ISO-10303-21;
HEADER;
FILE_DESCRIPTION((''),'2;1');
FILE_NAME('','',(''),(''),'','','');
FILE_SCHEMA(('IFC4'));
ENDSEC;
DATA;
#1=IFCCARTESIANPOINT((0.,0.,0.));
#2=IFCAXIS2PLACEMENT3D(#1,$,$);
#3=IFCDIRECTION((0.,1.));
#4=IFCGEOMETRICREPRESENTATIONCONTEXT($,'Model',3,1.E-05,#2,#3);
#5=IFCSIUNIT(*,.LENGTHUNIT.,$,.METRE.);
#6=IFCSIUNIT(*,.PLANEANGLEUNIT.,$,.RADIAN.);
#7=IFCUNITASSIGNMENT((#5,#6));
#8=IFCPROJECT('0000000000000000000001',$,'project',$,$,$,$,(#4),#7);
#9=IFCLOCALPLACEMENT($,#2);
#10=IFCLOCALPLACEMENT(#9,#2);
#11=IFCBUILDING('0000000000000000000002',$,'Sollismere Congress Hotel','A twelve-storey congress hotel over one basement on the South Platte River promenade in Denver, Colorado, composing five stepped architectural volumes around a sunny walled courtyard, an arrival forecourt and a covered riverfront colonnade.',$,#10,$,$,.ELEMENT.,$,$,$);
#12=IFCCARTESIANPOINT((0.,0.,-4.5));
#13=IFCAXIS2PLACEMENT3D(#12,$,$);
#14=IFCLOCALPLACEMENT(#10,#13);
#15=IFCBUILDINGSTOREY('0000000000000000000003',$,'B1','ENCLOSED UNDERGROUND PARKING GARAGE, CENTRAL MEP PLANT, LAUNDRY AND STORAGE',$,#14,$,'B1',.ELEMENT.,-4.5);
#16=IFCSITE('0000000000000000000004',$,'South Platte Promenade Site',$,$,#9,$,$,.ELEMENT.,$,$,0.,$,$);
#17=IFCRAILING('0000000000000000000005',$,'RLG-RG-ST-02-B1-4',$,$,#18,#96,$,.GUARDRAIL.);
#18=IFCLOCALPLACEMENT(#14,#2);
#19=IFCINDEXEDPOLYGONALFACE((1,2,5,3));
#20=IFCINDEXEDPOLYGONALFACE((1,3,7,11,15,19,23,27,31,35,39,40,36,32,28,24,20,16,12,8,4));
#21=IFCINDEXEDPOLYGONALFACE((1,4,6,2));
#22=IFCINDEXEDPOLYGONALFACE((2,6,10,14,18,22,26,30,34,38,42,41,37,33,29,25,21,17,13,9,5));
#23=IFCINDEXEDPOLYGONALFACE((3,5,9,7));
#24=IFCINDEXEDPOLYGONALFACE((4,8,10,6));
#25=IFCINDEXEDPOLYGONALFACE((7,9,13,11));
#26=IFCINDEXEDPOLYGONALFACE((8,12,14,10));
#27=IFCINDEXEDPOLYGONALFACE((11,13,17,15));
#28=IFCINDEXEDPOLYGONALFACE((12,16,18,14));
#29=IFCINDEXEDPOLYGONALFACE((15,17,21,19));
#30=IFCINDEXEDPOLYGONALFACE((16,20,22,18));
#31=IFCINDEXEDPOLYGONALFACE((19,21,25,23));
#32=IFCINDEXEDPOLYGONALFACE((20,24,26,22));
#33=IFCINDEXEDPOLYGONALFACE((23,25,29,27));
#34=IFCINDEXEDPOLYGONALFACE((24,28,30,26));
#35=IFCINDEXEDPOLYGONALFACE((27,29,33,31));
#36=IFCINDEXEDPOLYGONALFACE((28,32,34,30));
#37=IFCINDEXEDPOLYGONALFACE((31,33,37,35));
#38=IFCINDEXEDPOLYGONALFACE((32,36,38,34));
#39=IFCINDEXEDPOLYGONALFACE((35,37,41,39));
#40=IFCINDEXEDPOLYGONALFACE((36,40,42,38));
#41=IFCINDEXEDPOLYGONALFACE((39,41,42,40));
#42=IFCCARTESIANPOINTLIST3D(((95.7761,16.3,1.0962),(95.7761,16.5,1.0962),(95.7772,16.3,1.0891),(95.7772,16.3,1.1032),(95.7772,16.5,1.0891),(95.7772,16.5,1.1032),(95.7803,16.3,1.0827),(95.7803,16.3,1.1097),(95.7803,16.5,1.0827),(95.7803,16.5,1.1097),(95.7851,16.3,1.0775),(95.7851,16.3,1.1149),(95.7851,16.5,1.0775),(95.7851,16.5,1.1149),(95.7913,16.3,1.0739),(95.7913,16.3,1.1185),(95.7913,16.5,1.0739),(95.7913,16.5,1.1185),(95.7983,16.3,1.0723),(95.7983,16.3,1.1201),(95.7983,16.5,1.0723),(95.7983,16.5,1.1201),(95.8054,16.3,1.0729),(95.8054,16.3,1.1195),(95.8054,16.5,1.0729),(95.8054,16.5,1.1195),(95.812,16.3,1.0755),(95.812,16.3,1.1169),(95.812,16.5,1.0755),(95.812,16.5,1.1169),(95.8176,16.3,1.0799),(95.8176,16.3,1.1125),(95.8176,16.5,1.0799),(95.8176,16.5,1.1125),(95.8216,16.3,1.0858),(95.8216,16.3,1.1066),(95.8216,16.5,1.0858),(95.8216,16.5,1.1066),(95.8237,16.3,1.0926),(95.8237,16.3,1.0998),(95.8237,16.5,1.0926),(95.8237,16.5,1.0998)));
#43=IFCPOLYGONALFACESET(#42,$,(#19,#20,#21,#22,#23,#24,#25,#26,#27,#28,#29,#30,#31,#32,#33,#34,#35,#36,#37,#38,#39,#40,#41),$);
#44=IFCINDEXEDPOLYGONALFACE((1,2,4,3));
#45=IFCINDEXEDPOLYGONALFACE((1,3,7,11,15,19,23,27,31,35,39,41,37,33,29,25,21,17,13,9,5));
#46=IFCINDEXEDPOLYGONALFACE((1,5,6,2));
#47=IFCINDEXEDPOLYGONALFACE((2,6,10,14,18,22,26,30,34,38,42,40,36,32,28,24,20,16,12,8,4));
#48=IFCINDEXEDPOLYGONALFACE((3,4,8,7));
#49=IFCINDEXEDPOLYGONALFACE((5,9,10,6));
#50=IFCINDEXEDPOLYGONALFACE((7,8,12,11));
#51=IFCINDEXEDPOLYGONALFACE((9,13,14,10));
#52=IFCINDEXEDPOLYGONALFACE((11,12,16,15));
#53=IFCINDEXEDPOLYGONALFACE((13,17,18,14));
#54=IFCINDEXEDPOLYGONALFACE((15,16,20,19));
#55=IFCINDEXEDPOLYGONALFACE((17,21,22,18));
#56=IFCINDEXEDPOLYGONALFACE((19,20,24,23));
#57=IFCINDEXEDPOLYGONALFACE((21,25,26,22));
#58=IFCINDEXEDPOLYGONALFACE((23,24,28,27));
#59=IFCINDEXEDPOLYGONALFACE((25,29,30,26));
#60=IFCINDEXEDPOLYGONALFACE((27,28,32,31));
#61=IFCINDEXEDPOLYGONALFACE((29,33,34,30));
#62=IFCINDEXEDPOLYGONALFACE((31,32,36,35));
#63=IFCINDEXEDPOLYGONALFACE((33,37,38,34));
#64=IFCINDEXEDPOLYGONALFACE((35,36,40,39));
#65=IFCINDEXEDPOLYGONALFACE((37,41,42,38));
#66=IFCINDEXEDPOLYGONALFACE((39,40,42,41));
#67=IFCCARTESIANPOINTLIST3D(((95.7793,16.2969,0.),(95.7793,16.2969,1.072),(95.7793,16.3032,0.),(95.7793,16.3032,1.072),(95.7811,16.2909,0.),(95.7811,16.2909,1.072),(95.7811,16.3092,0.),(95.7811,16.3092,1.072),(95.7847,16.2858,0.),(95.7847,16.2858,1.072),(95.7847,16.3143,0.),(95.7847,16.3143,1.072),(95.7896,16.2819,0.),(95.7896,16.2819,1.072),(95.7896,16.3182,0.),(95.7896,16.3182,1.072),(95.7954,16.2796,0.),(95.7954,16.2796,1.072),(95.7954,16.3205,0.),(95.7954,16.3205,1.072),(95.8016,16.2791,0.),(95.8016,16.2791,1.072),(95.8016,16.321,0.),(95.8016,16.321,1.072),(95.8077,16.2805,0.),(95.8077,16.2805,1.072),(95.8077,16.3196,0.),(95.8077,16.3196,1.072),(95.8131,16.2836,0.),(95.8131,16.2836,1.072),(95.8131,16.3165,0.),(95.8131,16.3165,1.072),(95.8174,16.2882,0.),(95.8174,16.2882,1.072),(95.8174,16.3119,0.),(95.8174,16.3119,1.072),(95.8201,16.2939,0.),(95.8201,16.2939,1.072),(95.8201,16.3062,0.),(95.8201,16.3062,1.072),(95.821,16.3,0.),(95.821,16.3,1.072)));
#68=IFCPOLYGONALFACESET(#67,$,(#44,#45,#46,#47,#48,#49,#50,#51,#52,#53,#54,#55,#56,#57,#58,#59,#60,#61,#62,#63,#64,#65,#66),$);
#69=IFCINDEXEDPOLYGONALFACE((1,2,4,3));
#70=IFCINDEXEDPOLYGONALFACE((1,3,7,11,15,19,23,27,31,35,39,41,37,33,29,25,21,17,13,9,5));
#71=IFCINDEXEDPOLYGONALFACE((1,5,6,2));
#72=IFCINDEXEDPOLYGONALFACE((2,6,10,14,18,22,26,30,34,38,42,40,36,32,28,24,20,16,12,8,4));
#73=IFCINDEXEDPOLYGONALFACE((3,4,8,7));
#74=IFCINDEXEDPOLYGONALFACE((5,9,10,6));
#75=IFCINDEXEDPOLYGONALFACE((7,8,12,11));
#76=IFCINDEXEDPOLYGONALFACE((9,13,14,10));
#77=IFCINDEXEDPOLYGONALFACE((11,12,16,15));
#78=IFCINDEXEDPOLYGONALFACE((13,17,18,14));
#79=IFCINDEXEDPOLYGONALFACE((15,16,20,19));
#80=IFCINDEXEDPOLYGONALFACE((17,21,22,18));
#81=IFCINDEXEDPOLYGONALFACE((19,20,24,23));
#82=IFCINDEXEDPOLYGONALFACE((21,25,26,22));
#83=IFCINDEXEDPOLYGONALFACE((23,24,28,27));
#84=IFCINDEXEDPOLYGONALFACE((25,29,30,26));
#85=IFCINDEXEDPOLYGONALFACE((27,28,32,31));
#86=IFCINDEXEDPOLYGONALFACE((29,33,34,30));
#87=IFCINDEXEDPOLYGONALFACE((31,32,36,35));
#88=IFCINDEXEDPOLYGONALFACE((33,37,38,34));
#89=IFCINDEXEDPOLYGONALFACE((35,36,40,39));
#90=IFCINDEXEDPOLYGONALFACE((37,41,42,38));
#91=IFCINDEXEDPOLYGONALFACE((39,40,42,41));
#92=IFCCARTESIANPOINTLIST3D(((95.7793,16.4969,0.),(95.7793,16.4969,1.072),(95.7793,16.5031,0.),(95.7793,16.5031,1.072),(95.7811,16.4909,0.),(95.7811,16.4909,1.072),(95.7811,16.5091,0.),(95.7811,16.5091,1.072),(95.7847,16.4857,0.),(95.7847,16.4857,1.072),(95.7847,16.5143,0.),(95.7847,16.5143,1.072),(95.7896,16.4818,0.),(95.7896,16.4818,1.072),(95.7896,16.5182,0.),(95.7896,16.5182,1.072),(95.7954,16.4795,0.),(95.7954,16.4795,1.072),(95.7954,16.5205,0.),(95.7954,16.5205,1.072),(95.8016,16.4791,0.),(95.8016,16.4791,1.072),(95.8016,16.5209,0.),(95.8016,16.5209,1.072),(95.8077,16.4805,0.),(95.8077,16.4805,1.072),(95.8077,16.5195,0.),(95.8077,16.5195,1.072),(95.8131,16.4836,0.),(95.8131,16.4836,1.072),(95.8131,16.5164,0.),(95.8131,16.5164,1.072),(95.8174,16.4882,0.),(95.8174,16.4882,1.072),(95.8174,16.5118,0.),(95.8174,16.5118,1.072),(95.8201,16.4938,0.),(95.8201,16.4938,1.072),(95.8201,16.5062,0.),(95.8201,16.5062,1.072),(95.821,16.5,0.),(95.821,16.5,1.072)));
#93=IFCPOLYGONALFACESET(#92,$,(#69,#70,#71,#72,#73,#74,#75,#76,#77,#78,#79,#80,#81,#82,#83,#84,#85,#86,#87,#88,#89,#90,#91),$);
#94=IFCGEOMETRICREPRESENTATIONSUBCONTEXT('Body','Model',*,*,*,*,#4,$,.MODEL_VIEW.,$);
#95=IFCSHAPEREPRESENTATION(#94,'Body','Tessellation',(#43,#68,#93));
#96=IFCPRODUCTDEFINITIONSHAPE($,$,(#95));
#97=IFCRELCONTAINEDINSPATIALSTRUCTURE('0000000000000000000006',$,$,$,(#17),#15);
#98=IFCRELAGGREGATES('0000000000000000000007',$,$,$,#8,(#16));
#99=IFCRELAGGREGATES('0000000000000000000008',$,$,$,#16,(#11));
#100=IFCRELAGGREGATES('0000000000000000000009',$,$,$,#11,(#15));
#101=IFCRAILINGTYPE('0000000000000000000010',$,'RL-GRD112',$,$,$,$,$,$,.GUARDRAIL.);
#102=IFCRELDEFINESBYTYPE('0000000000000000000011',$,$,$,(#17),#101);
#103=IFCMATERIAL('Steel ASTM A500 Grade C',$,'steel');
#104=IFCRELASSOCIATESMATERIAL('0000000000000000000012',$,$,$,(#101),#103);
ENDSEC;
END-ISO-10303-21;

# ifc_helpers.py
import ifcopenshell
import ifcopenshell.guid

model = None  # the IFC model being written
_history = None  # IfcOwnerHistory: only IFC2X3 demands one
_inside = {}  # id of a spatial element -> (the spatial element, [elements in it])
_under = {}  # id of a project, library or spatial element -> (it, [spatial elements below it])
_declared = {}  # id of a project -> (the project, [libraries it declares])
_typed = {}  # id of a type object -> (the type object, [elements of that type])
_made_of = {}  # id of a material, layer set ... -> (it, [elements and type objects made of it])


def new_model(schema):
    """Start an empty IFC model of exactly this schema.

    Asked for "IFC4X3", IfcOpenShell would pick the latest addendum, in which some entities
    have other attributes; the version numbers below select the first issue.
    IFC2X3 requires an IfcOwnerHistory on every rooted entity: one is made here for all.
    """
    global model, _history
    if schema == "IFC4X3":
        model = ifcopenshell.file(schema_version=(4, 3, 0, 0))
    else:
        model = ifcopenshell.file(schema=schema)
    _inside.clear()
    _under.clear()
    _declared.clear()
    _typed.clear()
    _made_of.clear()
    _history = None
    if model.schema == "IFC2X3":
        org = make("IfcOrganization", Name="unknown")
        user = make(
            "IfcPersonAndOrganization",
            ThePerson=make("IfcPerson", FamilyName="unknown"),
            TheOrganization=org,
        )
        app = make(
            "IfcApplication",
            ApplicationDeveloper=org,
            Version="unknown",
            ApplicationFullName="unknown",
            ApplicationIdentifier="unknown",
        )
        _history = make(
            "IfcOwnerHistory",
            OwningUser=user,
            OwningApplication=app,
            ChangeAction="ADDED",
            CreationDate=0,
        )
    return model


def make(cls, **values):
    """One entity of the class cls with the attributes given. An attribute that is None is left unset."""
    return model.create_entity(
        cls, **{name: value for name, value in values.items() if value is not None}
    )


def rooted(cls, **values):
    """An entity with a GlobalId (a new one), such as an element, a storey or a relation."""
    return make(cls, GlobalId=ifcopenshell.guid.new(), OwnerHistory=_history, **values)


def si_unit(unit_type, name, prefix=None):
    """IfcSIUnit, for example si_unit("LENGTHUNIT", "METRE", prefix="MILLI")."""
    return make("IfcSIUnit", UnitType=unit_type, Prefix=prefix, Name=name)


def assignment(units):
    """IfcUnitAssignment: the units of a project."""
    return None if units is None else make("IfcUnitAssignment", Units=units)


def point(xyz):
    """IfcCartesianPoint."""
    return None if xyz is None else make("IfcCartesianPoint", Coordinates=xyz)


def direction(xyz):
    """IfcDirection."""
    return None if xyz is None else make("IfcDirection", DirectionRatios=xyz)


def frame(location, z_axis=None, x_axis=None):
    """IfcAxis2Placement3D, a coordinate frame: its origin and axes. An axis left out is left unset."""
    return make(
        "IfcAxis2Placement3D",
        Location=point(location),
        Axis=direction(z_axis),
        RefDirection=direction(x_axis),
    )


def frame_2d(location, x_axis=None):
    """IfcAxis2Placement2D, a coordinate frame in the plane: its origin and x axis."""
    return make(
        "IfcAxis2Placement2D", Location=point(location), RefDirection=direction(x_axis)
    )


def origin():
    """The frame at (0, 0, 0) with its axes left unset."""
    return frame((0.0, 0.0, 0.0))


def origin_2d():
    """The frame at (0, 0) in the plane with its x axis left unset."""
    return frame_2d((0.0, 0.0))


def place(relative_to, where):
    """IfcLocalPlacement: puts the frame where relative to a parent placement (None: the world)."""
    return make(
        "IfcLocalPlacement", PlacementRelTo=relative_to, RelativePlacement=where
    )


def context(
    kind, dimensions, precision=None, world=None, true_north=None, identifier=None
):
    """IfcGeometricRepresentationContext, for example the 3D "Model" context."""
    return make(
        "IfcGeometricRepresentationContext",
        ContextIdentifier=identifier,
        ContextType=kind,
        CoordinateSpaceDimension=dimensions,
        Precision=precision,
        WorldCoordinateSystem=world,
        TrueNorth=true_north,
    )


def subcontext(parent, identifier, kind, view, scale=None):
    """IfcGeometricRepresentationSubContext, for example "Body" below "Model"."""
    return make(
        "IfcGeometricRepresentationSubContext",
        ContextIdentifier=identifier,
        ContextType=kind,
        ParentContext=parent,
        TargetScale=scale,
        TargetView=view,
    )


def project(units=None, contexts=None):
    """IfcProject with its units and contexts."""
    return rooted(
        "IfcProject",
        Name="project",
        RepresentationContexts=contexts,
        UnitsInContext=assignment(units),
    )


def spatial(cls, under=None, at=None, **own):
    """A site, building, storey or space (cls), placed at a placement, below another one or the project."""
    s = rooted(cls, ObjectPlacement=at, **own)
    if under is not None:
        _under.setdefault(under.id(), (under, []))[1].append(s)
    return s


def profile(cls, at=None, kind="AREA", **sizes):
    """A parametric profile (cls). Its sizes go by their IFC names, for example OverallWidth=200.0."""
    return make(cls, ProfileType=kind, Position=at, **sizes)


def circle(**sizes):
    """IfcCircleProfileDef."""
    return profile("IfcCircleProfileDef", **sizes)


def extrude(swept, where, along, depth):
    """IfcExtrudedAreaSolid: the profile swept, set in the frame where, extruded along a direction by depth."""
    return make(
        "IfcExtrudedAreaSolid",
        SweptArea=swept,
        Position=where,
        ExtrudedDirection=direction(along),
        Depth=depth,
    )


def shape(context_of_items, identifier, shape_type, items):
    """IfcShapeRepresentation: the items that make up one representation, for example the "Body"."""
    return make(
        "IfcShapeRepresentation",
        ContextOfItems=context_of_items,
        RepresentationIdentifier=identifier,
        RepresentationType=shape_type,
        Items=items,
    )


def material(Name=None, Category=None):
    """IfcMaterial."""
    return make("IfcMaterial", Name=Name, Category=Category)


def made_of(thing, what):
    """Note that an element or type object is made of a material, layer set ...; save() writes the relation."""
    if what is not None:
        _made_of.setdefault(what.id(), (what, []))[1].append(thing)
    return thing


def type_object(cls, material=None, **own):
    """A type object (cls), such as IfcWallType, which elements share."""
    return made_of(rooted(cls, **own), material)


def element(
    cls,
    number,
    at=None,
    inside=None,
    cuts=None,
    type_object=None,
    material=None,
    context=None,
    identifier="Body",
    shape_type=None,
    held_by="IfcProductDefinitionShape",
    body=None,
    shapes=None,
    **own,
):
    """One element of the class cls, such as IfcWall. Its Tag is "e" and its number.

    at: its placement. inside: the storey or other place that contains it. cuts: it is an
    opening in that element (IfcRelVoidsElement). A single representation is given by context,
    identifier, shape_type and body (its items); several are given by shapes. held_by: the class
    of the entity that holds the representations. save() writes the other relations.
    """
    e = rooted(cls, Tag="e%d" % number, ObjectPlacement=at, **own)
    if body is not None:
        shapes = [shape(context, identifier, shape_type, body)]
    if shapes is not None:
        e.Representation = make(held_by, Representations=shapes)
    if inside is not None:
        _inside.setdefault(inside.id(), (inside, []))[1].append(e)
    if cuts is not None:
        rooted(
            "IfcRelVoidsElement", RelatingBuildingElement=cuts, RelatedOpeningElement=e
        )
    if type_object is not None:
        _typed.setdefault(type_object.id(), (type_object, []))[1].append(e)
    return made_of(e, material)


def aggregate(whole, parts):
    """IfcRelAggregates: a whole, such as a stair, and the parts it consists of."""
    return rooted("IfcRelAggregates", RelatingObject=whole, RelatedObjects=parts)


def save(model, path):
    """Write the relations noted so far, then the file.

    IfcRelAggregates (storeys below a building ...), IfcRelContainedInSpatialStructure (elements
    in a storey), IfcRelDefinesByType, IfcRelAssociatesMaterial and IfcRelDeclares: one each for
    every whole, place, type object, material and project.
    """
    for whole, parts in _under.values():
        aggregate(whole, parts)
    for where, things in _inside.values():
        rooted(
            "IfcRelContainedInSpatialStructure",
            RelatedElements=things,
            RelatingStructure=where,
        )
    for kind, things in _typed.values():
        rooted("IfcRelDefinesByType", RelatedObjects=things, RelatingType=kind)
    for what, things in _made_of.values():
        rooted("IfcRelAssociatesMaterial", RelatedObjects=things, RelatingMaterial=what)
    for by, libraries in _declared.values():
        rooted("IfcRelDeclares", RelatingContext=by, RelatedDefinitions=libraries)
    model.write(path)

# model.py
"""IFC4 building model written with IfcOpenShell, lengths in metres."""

from ifc_helpers import new_model, si_unit, direction, frame, origin, origin_2d, place, context, subcontext, project, spatial, circle, extrude, material, type_object, element, save


model = new_model("IFC4")

# Units and contexts
model_context = context("Model", 3, precision=1e-05, world=origin(), true_north=direction((0.0, 1.0)))
body_context = subcontext(model_context, "Body", "Model", "MODEL_VIEW")
ifc_project = project(units=[si_unit("LENGTHUNIT", "METRE"), si_unit("PLANEANGLEUNIT", "RADIAN")], contexts=[model_context])

# Site, building, storey
site_placement = place(None, origin())
site = spatial("IfcSite", under=ifc_project, at=site_placement, Name="South Platte Promenade Site", CompositionType="ELEMENT", RefElevation=0.0)
building_placement = place(site_placement, origin())
building = spatial("IfcBuilding", under=site, at=building_placement, Name="Sollismere Congress Hotel", Description="A twelve-storey congress hotel over one basement on the South Platte River promenade in Denver, Colorado, composing five stepped architectural volumes around a sunny walled courtyard, an arrival forecourt and a covered riverfront colonnade.", CompositionType="ELEMENT")
storey_placement = place(building_placement, frame((0.0, 0.0, -4.5)))
storey = spatial("IfcBuildingStorey", under=building, at=storey_placement, Name="B1", Description="ENCLOSED UNDERGROUND PARKING GARAGE, CENTRAL MEP PLANT, LAUNDRY AND STORAGE", LongName="B1", CompositionType="ELEMENT", Elevation=-4.5)

# Railing
ifc_material_1 = material(Name="Steel ASTM A500 Grade C", Category="steel")
railing_type_1 = type_object("IfcRailingType", Name="RL-GRD112", PredefinedType="GUARDRAIL", material=ifc_material_1)
railing_1_placement = place(storey_placement, frame((95.8, 16.3, 0.0)))
element("IfcRailing", 1, at=railing_1_placement, inside=storey, type_object=railing_type_1, Name="RLG-RG-ST-02-B1-4", PredefinedType="GUARDRAIL", context=body_context, shape_type="SweptSolid", body=[
    extrude(circle(Radius=0.0239, at=origin_2d()), frame((0.0, 0.0, 1.0962), z_axis=(0.0, 1.0, 0.0), x_axis=(-1.0, 0.0, 0.0)), (0.0, 0.0, 1.0), 0.2),
    extrude(circle(Radius=0.021, at=origin_2d()), origin(), (0.0, 0.0, 1.0), 1.072),
    extrude(circle(Radius=0.021, at=origin_2d()), frame((0.0, 0.2, 0.0)), (0.0, 0.0, 1.0), 1.072),
])

save(model, "model.ifc")
